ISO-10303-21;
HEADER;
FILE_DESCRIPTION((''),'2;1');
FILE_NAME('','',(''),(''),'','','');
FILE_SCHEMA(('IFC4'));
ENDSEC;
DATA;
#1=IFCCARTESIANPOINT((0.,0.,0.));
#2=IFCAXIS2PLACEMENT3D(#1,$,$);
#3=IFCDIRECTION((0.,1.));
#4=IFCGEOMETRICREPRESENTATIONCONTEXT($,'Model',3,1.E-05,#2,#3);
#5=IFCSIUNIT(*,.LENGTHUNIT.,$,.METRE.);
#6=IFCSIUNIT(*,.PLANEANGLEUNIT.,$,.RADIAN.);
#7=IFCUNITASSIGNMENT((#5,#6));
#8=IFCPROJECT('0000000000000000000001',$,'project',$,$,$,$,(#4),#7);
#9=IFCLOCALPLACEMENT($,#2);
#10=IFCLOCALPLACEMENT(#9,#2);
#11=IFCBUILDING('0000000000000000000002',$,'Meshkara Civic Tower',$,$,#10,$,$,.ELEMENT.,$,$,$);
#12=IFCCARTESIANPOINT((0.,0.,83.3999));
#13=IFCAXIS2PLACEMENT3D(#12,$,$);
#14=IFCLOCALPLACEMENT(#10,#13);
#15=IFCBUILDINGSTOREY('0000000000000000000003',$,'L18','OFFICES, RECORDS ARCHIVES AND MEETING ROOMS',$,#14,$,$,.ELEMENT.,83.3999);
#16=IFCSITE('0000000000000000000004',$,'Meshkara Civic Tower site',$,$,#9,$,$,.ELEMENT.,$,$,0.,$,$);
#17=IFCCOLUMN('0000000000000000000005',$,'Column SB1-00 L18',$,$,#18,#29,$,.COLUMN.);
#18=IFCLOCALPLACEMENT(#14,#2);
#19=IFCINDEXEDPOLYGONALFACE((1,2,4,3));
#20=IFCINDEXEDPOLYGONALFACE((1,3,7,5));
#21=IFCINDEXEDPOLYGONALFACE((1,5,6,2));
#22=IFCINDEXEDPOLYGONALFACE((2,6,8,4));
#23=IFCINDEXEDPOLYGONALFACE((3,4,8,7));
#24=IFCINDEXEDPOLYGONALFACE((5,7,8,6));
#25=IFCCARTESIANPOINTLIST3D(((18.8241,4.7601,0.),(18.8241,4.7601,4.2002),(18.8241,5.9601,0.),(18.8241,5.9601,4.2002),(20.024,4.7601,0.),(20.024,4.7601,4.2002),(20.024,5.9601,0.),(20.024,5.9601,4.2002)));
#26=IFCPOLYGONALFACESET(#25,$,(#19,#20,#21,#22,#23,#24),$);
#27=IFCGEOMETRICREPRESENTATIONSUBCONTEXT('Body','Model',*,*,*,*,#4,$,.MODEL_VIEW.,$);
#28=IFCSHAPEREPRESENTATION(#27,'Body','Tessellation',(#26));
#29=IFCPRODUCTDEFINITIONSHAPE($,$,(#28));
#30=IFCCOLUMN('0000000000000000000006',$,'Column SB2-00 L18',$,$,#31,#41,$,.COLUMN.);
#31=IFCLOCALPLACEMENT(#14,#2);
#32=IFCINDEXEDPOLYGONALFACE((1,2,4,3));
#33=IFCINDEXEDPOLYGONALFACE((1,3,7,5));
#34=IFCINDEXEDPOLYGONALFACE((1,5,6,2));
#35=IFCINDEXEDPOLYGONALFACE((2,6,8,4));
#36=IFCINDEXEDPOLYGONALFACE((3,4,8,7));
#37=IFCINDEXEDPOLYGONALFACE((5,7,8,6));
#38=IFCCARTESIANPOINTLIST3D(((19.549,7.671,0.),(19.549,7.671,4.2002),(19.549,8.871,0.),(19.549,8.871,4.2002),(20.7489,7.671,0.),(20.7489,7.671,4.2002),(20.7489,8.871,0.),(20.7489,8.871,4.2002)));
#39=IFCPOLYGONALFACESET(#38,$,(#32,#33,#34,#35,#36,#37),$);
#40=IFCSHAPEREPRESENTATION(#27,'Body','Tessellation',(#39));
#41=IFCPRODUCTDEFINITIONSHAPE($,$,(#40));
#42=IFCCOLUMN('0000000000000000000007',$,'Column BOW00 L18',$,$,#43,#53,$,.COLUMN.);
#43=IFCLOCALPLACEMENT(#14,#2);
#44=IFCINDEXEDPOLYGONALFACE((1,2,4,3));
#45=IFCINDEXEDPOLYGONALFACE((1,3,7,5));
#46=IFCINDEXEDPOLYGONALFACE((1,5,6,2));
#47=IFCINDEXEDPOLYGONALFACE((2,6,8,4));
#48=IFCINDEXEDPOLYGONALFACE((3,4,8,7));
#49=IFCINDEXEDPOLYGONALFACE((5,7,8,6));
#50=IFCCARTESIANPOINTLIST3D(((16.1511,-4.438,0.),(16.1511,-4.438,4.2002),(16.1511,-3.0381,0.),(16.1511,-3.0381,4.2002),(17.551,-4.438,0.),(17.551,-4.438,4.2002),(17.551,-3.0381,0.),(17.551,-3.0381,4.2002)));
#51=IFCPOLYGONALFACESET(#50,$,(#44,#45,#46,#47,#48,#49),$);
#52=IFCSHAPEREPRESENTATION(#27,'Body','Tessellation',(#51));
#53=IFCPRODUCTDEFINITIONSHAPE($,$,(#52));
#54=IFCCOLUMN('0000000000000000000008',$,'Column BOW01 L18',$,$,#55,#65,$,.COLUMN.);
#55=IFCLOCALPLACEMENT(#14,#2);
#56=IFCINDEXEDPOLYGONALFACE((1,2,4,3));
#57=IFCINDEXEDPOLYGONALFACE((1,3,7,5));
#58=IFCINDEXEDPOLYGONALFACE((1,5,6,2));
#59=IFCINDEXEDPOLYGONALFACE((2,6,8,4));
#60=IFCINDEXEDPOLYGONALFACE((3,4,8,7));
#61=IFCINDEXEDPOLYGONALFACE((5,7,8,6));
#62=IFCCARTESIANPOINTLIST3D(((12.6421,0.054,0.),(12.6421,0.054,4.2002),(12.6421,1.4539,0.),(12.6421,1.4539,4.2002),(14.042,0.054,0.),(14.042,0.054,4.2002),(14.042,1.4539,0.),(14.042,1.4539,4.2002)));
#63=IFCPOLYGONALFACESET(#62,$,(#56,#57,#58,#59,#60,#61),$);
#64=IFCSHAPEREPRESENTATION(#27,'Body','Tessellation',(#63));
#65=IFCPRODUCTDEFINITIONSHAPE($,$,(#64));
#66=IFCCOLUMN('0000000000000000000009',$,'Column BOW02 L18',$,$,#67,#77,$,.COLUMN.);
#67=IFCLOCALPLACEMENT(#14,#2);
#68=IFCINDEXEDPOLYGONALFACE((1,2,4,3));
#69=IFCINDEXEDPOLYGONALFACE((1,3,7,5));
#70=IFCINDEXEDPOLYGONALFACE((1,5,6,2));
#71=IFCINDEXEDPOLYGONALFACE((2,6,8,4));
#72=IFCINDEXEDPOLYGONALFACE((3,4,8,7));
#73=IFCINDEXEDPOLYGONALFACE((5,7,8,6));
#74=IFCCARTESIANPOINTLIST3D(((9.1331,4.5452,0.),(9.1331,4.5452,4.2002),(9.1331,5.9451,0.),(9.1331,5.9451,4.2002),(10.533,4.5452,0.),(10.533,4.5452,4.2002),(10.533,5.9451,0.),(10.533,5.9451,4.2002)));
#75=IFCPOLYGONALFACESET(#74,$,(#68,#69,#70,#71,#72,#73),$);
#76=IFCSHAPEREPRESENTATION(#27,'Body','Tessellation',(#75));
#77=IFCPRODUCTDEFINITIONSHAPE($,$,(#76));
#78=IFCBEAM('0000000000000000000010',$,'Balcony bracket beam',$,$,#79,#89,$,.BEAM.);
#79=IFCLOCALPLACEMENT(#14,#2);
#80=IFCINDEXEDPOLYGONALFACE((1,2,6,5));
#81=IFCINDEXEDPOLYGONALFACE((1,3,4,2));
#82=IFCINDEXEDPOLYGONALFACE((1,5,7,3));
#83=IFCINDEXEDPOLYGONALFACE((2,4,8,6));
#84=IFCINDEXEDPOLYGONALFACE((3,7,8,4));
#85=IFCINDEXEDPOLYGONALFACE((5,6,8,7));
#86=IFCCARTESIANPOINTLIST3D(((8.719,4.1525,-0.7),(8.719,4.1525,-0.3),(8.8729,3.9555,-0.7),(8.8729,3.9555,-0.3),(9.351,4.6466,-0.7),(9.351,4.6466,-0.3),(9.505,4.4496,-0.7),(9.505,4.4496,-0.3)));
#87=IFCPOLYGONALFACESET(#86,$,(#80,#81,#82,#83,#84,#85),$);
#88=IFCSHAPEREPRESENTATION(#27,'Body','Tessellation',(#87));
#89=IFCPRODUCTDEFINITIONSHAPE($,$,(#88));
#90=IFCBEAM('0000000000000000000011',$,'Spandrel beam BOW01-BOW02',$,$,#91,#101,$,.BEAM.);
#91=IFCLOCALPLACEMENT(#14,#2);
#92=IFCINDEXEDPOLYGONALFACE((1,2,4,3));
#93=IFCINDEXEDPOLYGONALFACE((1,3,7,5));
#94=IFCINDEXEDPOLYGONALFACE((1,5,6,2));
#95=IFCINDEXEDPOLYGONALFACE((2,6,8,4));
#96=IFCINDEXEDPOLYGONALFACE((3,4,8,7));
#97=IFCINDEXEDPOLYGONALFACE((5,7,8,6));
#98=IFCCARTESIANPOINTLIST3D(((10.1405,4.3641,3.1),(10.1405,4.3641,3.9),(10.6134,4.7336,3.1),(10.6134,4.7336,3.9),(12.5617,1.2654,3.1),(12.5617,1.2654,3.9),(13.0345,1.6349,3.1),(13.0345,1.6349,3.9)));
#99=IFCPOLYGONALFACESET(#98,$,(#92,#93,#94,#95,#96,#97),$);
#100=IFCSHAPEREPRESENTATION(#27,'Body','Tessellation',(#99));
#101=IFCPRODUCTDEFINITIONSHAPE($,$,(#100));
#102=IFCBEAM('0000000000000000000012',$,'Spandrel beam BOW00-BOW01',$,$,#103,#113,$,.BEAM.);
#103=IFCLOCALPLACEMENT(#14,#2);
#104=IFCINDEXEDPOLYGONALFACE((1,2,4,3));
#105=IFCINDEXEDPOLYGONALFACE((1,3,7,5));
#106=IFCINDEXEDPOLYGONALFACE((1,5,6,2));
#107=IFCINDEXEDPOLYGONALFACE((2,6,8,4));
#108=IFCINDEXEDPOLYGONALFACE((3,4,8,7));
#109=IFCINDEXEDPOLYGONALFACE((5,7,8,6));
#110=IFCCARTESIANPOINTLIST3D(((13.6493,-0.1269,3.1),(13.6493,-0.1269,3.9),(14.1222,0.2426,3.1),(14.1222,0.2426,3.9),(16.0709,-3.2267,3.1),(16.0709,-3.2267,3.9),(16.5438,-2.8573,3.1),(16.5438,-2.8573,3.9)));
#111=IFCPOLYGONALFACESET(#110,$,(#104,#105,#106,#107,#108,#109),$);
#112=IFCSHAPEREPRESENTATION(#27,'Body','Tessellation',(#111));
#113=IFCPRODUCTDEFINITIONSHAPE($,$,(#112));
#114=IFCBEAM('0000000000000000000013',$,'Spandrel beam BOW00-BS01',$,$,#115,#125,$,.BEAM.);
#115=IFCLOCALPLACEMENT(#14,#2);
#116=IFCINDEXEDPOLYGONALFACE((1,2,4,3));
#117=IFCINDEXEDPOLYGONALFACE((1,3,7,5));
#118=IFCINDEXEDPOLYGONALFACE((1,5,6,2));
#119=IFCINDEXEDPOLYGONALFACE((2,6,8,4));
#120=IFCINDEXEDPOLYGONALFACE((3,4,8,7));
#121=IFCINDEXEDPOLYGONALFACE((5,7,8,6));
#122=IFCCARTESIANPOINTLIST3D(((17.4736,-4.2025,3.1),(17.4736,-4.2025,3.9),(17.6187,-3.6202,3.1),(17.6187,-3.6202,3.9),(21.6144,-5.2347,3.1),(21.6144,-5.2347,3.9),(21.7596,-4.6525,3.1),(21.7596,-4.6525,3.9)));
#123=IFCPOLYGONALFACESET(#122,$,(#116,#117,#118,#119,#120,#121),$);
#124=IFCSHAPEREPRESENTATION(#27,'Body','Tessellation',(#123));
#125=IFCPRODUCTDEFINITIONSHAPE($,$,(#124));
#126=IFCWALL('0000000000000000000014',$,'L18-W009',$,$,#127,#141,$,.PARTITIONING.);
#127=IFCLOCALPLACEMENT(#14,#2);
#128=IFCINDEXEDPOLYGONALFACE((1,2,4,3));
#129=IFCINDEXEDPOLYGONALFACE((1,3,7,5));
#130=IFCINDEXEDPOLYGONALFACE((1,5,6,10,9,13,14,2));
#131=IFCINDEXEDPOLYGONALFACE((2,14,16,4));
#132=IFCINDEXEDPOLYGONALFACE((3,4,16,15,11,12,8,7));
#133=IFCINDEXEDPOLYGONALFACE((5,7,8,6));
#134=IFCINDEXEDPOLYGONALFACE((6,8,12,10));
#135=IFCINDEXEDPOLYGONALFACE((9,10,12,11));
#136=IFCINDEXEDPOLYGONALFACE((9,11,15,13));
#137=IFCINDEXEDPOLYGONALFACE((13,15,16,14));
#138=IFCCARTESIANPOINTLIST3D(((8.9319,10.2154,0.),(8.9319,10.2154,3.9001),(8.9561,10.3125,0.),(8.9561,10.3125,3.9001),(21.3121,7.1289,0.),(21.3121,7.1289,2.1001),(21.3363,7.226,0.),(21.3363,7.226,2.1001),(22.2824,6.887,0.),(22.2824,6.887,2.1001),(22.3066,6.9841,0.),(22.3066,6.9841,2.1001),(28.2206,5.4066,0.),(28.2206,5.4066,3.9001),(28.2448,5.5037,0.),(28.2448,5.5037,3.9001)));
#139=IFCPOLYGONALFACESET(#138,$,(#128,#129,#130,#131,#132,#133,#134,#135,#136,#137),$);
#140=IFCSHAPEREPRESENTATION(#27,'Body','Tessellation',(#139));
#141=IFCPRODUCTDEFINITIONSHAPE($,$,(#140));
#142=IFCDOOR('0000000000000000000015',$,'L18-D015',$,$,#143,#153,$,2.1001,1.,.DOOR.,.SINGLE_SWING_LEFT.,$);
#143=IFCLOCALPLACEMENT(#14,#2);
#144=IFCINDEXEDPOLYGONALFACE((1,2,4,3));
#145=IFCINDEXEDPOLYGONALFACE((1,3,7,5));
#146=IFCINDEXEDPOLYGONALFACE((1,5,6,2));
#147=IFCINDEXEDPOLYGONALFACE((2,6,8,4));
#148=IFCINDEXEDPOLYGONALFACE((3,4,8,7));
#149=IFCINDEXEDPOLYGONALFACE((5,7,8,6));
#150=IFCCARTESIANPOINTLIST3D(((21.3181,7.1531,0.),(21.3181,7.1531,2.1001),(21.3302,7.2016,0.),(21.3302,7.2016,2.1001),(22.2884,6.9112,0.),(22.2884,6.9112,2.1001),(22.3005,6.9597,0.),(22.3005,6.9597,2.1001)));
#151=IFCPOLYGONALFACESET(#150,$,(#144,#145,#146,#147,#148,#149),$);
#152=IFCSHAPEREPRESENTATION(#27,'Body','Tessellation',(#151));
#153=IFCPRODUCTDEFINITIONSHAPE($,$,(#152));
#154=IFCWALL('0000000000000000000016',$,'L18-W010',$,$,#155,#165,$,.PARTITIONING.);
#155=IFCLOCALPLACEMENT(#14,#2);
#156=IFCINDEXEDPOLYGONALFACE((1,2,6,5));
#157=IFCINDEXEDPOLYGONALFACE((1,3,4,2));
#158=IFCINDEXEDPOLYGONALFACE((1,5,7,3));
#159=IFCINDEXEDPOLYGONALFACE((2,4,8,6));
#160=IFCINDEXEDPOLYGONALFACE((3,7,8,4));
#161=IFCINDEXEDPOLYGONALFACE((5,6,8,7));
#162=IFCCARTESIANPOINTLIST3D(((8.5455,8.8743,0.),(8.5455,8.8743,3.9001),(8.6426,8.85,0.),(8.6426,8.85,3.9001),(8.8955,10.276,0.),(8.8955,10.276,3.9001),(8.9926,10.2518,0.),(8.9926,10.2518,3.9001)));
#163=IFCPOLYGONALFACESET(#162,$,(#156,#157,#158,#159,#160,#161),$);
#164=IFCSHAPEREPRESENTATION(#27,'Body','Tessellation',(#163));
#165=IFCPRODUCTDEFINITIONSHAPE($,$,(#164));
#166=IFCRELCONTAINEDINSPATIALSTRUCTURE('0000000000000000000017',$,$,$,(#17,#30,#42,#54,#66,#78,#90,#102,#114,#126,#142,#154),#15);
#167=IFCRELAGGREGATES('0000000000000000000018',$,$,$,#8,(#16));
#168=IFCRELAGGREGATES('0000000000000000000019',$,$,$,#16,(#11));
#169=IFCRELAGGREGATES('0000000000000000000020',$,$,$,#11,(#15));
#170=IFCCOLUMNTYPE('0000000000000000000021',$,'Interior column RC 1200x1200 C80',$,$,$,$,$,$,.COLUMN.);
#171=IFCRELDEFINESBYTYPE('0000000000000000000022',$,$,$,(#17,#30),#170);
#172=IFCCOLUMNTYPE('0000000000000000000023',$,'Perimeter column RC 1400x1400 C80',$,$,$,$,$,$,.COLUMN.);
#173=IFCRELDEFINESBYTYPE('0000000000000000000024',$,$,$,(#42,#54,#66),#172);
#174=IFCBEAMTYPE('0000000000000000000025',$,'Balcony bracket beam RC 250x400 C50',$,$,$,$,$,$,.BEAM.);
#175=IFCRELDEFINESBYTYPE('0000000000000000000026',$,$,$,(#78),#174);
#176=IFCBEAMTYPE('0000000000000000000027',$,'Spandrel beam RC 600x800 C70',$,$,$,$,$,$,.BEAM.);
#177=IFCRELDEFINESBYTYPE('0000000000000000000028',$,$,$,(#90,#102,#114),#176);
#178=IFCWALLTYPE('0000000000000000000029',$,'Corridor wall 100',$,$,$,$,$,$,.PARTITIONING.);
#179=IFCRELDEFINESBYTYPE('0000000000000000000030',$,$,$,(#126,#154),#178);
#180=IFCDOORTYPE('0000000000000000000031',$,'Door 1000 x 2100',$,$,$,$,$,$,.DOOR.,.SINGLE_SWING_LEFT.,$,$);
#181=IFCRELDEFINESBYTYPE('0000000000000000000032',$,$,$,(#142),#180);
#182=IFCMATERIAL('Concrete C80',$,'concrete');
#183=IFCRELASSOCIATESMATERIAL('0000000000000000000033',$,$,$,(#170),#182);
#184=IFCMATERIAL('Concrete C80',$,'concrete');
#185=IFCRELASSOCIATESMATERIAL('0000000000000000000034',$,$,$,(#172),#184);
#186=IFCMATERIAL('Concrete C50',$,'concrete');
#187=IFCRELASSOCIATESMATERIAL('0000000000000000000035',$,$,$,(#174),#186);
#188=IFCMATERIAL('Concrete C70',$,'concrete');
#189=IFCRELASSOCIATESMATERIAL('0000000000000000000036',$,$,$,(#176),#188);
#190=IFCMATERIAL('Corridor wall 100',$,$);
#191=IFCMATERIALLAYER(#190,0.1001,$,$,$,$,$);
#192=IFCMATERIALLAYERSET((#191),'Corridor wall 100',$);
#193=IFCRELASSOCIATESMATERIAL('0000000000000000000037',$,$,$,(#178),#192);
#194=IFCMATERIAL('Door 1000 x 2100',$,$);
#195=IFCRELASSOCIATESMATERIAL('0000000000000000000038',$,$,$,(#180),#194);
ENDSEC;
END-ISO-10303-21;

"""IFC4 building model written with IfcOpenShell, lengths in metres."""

from ifc_helpers import new_model, si_unit, direction, frame, frame_2d, origin, origin_2d, place, context, subcontext, project, spatial, rectangle, extrude, material, layer, layer_set, material_profile, profile_set, type_object, element, fill, save


model = new_model("IFC4")

# Units and contexts
model_context = context("Model", 3, precision=1e-05, world=origin(), true_north=direction((0.0, 1.0)))
body_context = subcontext(model_context, "Body", "Model", "MODEL_VIEW")
ifc_project = project(units=[si_unit("LENGTHUNIT", "METRE"), si_unit("PLANEANGLEUNIT", "RADIAN")], contexts=[model_context])

# Site, building, storey
site_placement = place(None, origin())
site = spatial("IfcSite", under=ifc_project, at=site_placement, Name="Meshkara Civic Tower site", CompositionType="ELEMENT", RefElevation=0.0)
building_placement = place(site_placement, origin())
building = spatial("IfcBuilding", under=site, at=building_placement, Name="Meshkara Civic Tower", CompositionType="ELEMENT")
storey_placement = place(building_placement, frame((0.0, 0.0, 83.3999)))
storey = spatial("IfcBuildingStorey", under=building, at=storey_placement, Name="L18", Description="OFFICES, RECORDS ARCHIVES AND MEETING ROOMS", CompositionType="ELEMENT", Elevation=83.3999)

# Columns
ifc_material_1 = material(Name="Concrete C80", Category="concrete")
ifc_material_profile_1 = material_profile(ifc_material_1, rectangle(XDim=1.2, YDim=1.2, at=origin_2d()))
ifc_profile_set_1 = profile_set([ifc_material_profile_1], Name="Concrete C80")
column_type_1 = type_object("IfcColumnType", Name="Interior column RC 1200x1200 C80", PredefinedType="COLUMN", material=ifc_profile_set_1)
for number, where, z_axis, x_axis, name in (
    (1, (19.4241, 5.3601, 0.0), (0.0, 0.0, 1.0), (1.0, 0.0, 0.0), "Column SB1-00 L18"),
    (2, (20.1489, 8.271, 0.0), (0.0, 0.0, 1.0), (1.0, 0.0, 0.0), "Column SB2-00 L18"),
):
    element("IfcColumn", number, at=place(storey_placement, frame(where, z_axis=z_axis, x_axis=x_axis)), inside=storey, type_object=column_type_1, Name=name, PredefinedType="COLUMN", context=body_context, shape_type="SweptSolid", body=[
        extrude(rectangle(XDim=1.2, YDim=1.2, at=origin_2d()), origin(), (0.0, 0.0, 1.0), 4.2002),
    ])
ifc_material_2 = material(Name="Concrete C80", Category="concrete")
ifc_material_profile_2 = material_profile(ifc_material_2, rectangle(XDim=1.3999, YDim=1.3999, at=origin_2d()))
ifc_profile_set_2 = profile_set([ifc_material_profile_2], Name="Concrete C80")
column_type_2 = type_object("IfcColumnType", Name="Perimeter column RC 1400x1400 C80", PredefinedType="COLUMN", material=ifc_profile_set_2)
for number, where, z_axis, x_axis, name in (
    (3, (16.8511, -3.738, 0.0), (0.0, 0.0, 1.0), (1.0, 0.0, 0.0), "Column BOW00 L18"),
    (4, (13.342, 0.7539, 0.0), (0.0, 0.0, 1.0), (1.0, 0.0, 0.0), "Column BOW01 L18"),
    (5, (9.833, 5.2451, 0.0), (0.0, 0.0, 1.0), (1.0, 0.0, 0.0), "Column BOW02 L18"),
):
    element("IfcColumn", number, at=place(storey_placement, frame(where, z_axis=z_axis, x_axis=x_axis)), inside=storey, type_object=column_type_2, Name=name, PredefinedType="COLUMN", context=body_context, shape_type="SweptSolid", body=[
        extrude(rectangle(XDim=1.3999, YDim=1.3999, at=origin_2d()), origin(), (0.0, 0.0, 1.0), 4.2002),
    ])

# Beams
ifc_material_3 = material(Name="Concrete C50", Category="concrete")
ifc_material_profile_3 = material_profile(ifc_material_3, rectangle(XDim=0.25, YDim=0.3999, at=origin_2d()))
ifc_profile_set_3 = profile_set([ifc_material_profile_3], Name="Concrete C50")
beam_type_1 = type_object("IfcBeamType", Name="Balcony bracket beam RC 250x400 C50", PredefinedType="BEAM", material=ifc_profile_set_3)
beam_1_placement = place(storey_placement, frame((9.428, 4.5481, -0.5), z_axis=(-0.787826, -0.615898, 0.0), x_axis=(0.615898, -0.787826, 0.0)))
element("IfcBeam", 6, at=beam_1_placement, inside=storey, type_object=beam_type_1, Name="Balcony bracket beam", PredefinedType="BEAM", context=body_context, shape_type="SweptSolid", body=[
    extrude(rectangle(XDim=0.25, YDim=0.3999, at=origin_2d()), origin(), (0.0, 0.0, 1.0), 0.8022),
])
ifc_material_4 = material(Name="Concrete C70", Category="concrete")
ifc_material_profile_4 = material_profile(ifc_material_4, rectangle(XDim=0.6001, YDim=0.8, at=origin_2d()))
ifc_profile_set_4 = profile_set([ifc_material_profile_4], Name="Concrete C70")
beam_type_2 = type_object("IfcBeamType", Name="Spandrel beam RC 600x800 C70", PredefinedType="BEAM", material=ifc_profile_set_4)
beam_2_placement = place(storey_placement, frame((10.377, 4.5488, 3.5), z_axis=(0.615697, -0.787983, 0.0), x_axis=(0.787983, 0.615697, 0.0)))
element("IfcBeam", 7, at=beam_2_placement, inside=storey, type_object=beam_type_2, Name="Spandrel beam BOW01-BOW02", PredefinedType="BEAM", context=body_context, shape_type="SweptSolid", body=[
    extrude(rectangle(XDim=0.6001, YDim=0.8, at=origin_2d()), origin(), (0.0, 0.0, 1.0), 3.9324),
])
beam_3_placement = place(storey_placement, frame((13.8857, 0.0579, 3.5), z_axis=(0.615624, -0.78804, 0.0), x_axis=(0.78804, 0.615624, 0.0)))
element("IfcBeam", 8, at=beam_3_placement, inside=storey, type_object=beam_type_2, Name="Spandrel beam BOW00-BOW01", PredefinedType="BEAM", context=body_context, shape_type="SweptSolid", body=[
    extrude(rectangle(XDim=0.6001, YDim=0.8, at=origin_2d()), origin(), (0.0, 0.0, 1.0), 3.9336),
])
beam_4_placement = place(storey_placement, frame((17.5461, -3.9114, 3.5), z_axis=(0.970307, -0.241876, 0.0), x_axis=(0.241876, 0.970307, 0.0)))
element("IfcBeam", 9, at=beam_4_placement, inside=storey, type_object=beam_type_2, Name="Spandrel beam BOW00-BS01", PredefinedType="BEAM", context=body_context, shape_type="SweptSolid", body=[
    extrude(rectangle(XDim=0.6001, YDim=0.8, at=origin_2d()), origin(), (0.0, 0.0, 1.0), 4.2676),
])

# Wall, opening, door
ifc_material_5 = material(Name="Corridor wall 100")
ifc_layer_1 = layer(ifc_material_5, 0.1001)
ifc_layer_set_1 = layer_set([ifc_layer_1], Name="Corridor wall 100")
wall_type_1 = type_object("IfcWallType", Name="Corridor wall 100", PredefinedType="PARTITIONING", material=ifc_layer_set_1)
wall_1_placement = place(storey_placement, frame((8.9441, 10.2639, 0.0), z_axis=(0.0, 0.0, 1.0), x_axis=(0.970301, -0.241903, 0.0)))
wall_1 = element("IfcWall", 10, at=wall_1_placement, inside=storey, type_object=wall_type_1, Name="L18-W009", PredefinedType="PARTITIONING", context=body_context, shape_type="SweptSolid", body=[
    extrude(rectangle(XDim=19.8792, YDim=0.1001, at=frame_2d((9.9395, 0.0))), origin(), (0.0, 0.0, 1.0), 3.9001),
])
opening_1_placement = place(wall_1_placement, frame((12.759, 0.0, 0.0)))
opening_1 = element("IfcOpeningElement", 11, at=opening_1_placement, cuts=wall_1, PredefinedType="OPENING", context=body_context, shape_type="SweptSolid", body=[
    extrude(rectangle(XDim=1.0, YDim=2.1001, at=frame_2d((0.5, 1.05))), frame((0.0, 0.0601, 0.0), z_axis=(0.0, -1.0, 0.0), x_axis=(1.0, 0.0, 0.0)), (0.0, 0.0, 1.0), 0.1201),
])
ifc_material_6 = material(Name="Door 1000 x 2100")
door_type_1 = type_object("IfcDoorType", Name="Door 1000 x 2100", OperationType="SINGLE_SWING_LEFT", PredefinedType="DOOR", material=ifc_material_6)
door_1_placement = place(opening_1_placement, origin())
door_1 = element("IfcDoor", 12, at=door_1_placement, inside=storey, type_object=door_type_1, Name="L18-D015", OperationType="SINGLE_SWING_LEFT", OverallHeight=2.1001, OverallWidth=1.0, PredefinedType="DOOR", context=body_context, shape_type="SweptSolid", body=[
    extrude(rectangle(XDim=1.0, YDim=2.1001, at=frame_2d((0.5, 1.05))), frame((0.0, 0.0249, 0.0), z_axis=(0.0, -1.0, 0.0), x_axis=(1.0, 0.0, 0.0)), (0.0, 0.0, 1.0), 0.05),
])
fill(opening_1, door_1)

# Wall
wall_2_placement = place(storey_placement, frame((8.9441, 10.2639, 0.0), z_axis=(0.0, 0.0, 1.0), x_axis=(-0.242297, -0.970202, 0.0)))
element("IfcWall", 13, at=wall_2_placement, inside=storey, type_object=wall_type_1, Name="L18-W010", PredefinedType="PARTITIONING", context=body_context, shape_type="SweptSolid", body=[
    extrude(rectangle(XDim=1.4448, YDim=0.1001, at=frame_2d((0.7224, 0.0))), origin(), (0.0, 0.0, 1.0), 3.9001),
])

save(model, "model.ifc")
